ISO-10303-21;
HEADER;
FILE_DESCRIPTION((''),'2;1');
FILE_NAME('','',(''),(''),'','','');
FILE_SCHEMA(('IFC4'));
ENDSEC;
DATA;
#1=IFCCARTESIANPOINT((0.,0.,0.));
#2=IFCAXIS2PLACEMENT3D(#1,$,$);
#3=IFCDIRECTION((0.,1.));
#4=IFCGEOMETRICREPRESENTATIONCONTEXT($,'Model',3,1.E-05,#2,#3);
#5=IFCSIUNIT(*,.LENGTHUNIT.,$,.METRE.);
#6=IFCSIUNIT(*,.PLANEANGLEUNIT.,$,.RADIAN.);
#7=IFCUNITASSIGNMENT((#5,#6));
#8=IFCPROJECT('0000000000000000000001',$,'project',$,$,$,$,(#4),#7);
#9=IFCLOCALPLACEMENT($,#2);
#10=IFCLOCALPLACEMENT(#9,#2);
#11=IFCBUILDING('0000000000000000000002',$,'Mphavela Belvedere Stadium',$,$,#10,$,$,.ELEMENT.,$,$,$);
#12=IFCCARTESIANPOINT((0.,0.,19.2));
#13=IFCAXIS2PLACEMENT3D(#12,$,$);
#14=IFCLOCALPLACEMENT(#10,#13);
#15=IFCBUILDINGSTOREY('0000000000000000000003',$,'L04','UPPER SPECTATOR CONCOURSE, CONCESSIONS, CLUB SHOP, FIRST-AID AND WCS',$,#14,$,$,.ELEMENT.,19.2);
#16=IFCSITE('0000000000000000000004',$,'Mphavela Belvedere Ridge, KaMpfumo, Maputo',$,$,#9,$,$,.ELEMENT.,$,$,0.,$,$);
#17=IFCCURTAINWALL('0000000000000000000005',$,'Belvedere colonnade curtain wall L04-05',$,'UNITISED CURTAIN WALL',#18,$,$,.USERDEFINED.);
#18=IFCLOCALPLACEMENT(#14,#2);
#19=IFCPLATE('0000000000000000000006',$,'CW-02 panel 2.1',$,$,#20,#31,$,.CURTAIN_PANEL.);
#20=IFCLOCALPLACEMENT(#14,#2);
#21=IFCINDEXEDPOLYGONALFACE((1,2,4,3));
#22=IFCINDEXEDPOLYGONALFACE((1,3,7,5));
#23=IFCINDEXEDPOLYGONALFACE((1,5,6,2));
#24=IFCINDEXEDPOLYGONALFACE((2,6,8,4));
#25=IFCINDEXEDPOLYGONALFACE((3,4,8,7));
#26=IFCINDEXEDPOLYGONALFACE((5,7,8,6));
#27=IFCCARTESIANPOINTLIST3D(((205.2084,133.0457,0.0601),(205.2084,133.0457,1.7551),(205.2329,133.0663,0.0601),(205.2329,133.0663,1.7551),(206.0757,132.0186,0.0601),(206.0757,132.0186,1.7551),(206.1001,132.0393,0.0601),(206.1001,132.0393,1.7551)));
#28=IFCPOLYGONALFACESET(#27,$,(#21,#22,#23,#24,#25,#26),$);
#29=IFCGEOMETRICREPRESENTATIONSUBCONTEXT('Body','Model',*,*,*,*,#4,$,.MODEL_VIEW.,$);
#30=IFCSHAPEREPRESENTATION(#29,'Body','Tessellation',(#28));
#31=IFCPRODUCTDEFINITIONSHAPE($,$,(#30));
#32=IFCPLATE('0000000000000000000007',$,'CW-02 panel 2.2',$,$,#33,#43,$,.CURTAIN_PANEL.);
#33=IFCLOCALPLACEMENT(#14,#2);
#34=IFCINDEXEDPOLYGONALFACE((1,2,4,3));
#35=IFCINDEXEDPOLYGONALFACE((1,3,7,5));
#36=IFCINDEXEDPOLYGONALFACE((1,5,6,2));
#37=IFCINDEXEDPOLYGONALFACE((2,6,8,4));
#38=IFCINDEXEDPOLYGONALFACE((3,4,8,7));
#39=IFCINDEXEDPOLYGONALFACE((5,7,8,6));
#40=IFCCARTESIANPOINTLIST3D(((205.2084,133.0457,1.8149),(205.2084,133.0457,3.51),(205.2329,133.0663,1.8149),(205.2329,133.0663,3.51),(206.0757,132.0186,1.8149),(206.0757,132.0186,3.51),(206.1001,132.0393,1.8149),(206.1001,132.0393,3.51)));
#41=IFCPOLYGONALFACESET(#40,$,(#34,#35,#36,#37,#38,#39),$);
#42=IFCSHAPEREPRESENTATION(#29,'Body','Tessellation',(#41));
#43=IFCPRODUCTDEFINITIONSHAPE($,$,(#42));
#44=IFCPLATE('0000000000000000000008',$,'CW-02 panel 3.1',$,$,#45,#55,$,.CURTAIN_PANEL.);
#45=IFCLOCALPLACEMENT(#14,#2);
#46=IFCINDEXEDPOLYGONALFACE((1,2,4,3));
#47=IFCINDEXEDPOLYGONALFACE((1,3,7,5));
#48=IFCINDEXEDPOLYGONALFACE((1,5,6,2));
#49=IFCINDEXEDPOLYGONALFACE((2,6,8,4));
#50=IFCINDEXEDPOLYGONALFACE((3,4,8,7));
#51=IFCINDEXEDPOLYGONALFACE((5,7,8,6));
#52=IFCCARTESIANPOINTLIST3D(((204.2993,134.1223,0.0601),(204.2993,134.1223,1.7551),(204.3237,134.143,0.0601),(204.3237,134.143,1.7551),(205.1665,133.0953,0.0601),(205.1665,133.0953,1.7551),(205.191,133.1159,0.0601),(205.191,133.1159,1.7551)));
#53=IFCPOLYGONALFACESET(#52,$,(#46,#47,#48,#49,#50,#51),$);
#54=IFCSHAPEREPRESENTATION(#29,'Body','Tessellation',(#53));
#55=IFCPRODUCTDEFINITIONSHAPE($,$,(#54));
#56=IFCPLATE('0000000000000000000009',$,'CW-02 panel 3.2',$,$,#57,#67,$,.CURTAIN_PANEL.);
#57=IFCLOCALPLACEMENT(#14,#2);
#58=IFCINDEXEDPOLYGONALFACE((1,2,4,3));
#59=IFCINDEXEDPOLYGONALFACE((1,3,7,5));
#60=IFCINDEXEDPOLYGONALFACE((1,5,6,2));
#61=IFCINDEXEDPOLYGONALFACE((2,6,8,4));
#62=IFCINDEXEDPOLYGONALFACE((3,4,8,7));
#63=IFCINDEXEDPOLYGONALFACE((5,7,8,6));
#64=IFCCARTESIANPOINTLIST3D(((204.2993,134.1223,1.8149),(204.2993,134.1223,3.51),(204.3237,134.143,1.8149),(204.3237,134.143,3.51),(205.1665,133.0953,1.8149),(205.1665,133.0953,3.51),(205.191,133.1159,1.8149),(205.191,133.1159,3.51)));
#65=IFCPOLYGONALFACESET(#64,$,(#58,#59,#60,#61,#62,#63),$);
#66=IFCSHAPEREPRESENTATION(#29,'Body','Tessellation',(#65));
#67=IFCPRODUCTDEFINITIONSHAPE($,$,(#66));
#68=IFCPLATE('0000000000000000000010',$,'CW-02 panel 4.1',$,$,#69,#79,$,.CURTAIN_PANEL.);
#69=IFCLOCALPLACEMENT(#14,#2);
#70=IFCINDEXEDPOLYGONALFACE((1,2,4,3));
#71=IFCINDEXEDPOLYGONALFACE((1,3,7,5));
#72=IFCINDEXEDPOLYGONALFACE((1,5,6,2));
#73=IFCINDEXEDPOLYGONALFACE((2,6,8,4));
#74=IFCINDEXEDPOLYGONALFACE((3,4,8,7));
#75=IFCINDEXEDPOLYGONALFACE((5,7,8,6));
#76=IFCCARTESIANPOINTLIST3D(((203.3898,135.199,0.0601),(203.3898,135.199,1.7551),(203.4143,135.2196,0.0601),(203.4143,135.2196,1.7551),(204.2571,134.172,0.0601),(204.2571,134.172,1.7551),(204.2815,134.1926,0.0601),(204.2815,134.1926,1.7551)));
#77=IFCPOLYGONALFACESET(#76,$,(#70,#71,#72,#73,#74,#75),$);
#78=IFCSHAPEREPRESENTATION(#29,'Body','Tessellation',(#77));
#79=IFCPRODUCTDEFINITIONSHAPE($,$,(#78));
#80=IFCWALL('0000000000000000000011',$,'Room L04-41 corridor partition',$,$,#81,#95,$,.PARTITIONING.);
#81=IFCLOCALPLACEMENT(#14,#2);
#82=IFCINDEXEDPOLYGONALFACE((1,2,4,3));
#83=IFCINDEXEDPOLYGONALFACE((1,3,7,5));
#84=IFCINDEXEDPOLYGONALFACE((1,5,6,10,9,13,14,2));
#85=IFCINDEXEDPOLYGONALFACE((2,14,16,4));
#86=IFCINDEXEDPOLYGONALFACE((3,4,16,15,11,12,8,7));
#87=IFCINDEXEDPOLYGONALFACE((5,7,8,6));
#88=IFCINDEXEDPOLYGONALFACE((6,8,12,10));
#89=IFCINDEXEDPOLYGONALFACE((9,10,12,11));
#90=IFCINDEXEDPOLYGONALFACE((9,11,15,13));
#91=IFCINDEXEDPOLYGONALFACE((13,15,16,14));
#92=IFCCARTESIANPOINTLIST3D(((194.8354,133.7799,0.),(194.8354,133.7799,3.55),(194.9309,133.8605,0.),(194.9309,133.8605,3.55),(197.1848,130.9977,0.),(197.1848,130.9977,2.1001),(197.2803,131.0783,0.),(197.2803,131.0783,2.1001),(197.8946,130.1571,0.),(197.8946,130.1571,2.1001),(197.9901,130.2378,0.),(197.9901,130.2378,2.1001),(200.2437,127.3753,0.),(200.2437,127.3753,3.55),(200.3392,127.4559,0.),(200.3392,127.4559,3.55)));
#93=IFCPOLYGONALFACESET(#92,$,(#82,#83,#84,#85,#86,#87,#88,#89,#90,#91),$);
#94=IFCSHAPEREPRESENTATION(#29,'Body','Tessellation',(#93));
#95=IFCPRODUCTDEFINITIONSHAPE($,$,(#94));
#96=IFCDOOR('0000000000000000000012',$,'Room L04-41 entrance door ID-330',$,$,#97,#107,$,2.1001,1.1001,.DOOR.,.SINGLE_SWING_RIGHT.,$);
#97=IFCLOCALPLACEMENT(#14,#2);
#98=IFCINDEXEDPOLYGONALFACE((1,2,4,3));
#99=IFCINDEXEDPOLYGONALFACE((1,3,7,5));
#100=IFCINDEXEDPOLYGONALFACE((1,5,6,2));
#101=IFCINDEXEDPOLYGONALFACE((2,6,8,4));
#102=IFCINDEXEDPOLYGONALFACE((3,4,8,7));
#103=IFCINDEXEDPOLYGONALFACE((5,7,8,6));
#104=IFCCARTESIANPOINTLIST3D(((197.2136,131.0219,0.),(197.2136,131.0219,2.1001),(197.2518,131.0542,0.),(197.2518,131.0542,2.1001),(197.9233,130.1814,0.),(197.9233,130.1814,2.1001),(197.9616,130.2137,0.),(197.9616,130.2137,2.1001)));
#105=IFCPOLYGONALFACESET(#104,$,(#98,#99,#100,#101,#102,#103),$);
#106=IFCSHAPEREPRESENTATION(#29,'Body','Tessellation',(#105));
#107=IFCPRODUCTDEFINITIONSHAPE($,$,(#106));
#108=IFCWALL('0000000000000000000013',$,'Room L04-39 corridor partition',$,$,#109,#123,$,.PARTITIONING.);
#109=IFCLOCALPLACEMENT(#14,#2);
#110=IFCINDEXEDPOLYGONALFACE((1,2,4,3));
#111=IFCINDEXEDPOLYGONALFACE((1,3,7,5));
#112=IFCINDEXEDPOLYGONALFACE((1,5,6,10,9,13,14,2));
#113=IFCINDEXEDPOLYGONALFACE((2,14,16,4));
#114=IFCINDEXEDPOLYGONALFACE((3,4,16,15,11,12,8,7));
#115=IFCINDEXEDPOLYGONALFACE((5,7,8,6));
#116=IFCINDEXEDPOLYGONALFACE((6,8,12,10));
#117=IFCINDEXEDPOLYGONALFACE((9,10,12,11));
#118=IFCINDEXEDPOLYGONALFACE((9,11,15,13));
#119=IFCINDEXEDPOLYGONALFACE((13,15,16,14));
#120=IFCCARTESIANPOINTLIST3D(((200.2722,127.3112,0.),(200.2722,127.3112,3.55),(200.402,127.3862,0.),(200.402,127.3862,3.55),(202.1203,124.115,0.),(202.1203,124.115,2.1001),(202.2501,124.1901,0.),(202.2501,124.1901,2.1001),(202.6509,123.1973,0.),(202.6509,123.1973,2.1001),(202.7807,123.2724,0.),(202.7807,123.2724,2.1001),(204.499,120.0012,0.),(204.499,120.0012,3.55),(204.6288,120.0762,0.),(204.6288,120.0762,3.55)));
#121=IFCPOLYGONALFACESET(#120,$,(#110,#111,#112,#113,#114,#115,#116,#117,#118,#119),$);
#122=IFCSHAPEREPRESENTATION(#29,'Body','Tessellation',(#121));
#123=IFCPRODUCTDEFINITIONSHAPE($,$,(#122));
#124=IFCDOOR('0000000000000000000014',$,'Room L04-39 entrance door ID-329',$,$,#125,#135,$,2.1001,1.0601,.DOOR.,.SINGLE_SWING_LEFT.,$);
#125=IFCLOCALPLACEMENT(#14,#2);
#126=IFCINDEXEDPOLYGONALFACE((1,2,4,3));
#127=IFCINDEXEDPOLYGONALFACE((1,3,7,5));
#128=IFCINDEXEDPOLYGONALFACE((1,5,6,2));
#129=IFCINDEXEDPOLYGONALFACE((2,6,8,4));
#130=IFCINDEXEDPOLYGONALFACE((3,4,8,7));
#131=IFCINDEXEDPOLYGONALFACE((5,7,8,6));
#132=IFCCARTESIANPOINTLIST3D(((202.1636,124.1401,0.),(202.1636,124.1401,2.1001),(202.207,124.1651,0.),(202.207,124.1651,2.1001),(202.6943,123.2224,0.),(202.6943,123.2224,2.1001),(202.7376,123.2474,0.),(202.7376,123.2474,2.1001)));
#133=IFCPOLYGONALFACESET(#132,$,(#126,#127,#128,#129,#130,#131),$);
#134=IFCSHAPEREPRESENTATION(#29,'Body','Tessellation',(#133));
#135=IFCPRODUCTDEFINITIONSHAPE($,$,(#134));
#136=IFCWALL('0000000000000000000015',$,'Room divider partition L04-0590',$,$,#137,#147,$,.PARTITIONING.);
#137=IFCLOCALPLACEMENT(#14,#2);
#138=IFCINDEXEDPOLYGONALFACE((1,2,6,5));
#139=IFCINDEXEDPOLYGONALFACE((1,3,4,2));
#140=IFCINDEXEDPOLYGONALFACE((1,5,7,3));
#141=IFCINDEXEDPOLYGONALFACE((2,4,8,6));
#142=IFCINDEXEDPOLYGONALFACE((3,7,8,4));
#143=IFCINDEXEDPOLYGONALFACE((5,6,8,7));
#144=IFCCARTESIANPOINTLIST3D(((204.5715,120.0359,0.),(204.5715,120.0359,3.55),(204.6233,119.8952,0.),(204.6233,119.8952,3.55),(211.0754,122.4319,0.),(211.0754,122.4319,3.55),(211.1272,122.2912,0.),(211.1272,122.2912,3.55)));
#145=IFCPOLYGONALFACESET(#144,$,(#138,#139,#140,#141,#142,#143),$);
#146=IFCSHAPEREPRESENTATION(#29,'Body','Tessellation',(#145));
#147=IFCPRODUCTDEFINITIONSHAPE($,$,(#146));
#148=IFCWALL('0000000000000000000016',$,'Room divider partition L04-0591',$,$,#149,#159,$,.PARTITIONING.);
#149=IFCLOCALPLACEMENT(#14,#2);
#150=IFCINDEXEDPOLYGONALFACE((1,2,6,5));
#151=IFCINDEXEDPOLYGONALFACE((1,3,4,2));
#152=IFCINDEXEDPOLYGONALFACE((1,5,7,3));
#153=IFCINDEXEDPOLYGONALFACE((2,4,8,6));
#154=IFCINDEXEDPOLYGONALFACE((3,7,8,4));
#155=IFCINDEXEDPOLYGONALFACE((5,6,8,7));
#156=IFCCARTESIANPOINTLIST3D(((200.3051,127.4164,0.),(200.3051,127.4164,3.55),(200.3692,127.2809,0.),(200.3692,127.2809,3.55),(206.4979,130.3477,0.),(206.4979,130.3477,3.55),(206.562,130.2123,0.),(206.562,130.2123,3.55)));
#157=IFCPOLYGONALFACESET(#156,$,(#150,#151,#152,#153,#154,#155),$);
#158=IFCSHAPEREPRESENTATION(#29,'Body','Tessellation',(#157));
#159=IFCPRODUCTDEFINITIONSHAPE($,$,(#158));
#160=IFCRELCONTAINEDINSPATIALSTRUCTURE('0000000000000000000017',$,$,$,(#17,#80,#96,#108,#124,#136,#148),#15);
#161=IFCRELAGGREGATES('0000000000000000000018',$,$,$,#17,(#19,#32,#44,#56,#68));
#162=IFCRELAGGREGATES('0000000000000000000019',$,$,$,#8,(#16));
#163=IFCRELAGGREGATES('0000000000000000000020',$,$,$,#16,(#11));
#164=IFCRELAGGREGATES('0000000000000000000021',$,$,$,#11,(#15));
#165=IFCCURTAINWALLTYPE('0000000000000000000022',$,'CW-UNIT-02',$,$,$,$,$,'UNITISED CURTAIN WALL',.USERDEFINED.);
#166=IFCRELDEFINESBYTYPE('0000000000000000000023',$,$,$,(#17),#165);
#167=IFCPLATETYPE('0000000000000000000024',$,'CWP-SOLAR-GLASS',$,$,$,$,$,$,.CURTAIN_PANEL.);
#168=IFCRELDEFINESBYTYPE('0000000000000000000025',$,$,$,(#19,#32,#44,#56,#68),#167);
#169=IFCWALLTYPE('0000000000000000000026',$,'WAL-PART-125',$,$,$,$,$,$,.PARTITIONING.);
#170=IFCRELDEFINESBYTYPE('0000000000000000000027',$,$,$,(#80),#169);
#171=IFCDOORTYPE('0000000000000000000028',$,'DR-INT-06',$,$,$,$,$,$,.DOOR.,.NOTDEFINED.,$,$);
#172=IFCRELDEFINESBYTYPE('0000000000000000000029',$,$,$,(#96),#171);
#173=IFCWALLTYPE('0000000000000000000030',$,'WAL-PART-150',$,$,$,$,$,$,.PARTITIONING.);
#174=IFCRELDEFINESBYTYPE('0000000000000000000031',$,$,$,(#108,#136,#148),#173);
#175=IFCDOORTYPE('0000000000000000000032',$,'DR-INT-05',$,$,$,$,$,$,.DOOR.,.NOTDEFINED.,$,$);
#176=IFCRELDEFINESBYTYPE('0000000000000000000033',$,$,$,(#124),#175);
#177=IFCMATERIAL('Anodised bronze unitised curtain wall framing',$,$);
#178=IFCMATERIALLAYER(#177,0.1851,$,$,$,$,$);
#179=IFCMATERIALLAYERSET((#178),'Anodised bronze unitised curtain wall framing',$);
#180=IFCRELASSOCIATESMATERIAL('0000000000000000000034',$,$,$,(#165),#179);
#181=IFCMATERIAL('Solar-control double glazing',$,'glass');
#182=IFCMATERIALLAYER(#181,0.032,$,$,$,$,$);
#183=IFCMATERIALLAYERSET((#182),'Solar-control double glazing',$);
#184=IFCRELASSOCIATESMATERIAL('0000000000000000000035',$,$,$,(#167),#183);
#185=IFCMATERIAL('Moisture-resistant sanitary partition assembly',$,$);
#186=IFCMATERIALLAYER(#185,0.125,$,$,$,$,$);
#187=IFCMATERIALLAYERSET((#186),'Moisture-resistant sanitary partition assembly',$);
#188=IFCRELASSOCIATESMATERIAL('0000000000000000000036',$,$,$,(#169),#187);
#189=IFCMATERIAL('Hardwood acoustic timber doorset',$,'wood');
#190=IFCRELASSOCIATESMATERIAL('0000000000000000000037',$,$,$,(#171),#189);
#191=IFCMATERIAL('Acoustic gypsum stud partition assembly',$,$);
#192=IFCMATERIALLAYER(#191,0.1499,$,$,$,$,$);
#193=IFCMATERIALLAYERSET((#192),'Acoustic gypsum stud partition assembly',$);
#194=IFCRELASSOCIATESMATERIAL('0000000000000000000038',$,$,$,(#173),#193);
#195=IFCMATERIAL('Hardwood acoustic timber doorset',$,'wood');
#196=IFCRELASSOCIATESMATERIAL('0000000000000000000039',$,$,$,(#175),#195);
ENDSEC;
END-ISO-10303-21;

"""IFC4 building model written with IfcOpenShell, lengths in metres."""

from ifc_helpers import new_model, si_unit, direction, frame, frame_2d, origin, origin_2d, place, context, subcontext, project, spatial, rectangle, extrude, material, layer, layer_set, type_object, element, fill, aggregate, save


model = new_model("IFC4")

# Units and contexts
model_context = context("Model", 3, precision=1e-05, world=origin(), true_north=direction((0.0, 1.0)))
body_context = subcontext(model_context, "Body", "Model", "MODEL_VIEW")
ifc_project = project(units=[si_unit("LENGTHUNIT", "METRE"), si_unit("PLANEANGLEUNIT", "RADIAN")], contexts=[model_context])

# Site, building, storey
site_placement = place(None, origin())
site = spatial("IfcSite", under=ifc_project, at=site_placement, Name="Mphavela Belvedere Ridge, KaMpfumo, Maputo", CompositionType="ELEMENT", RefElevation=0.0)
building_placement = place(site_placement, origin())
building = spatial("IfcBuilding", under=site, at=building_placement, Name="Mphavela Belvedere Stadium", CompositionType="ELEMENT")
storey_placement = place(building_placement, frame((0.0, 0.0, 19.2)))
storey = spatial("IfcBuildingStorey", under=building, at=storey_placement, Name="L04", Description="UPPER SPECTATOR CONCOURSE, CONCESSIONS, CLUB SHOP, FIRST-AID AND WCS", CompositionType="ELEMENT", Elevation=19.2)

# Curtain wall, plates
ifc_material_1 = material(Name="Anodised bronze unitised curtain wall framing")
ifc_layer_1 = layer(ifc_material_1, 0.1851)
ifc_layer_set_1 = layer_set([ifc_layer_1], Name="Anodised bronze unitised curtain wall framing")
curtain_wall_type = type_object("IfcCurtainWallType", Name="CW-UNIT-02", ElementType="UNITISED CURTAIN WALL", PredefinedType="USERDEFINED", material=ifc_layer_set_1)
curtain_wall_placement = place(storey_placement, origin())
curtain_wall = element("IfcCurtainWall", 1, at=curtain_wall_placement, inside=storey, type_object=curtain_wall_type, Name="Belvedere colonnade curtain wall L04-05", ObjectType="UNITISED CURTAIN WALL", PredefinedType="USERDEFINED")
ifc_material_2 = material(Name="Solar-control double glazing", Category="glass")
ifc_layer_2 = layer(ifc_material_2, 0.032)
ifc_layer_set_2 = layer_set([ifc_layer_2], Name="Solar-control double glazing")
plate_type = type_object("IfcPlateType", Name="CWP-SOLAR-GLASS", PredefinedType="CURTAIN_PANEL", material=ifc_layer_set_2)
plate_1_placement = place(storey_placement, frame((205.6543, 132.5425, 0.0601), z_axis=(0.0, 0.0, 1.0), x_axis=(-0.645175, 0.764035, 0.0)))
plate_1 = element("IfcPlate", 2, at=plate_1_placement, type_object=plate_type, Name="CW-02 panel 2.1", PredefinedType="CURTAIN_PANEL", context=body_context, shape_type="SweptSolid", body=[
    extrude(rectangle(XDim=1.3442, YDim=0.032, at=origin_2d()), origin(), (0.0, 0.0, 1.0), 1.6951),
])
plate_2_placement = place(storey_placement, frame((205.6543, 132.5425, 1.8149), z_axis=(0.0, 0.0, 1.0), x_axis=(-0.645175, 0.764035, 0.0)))
plate_2 = element("IfcPlate", 3, at=plate_2_placement, type_object=plate_type, Name="CW-02 panel 2.2", PredefinedType="CURTAIN_PANEL", context=body_context, shape_type="SweptSolid", body=[
    extrude(rectangle(XDim=1.3442, YDim=0.032, at=origin_2d()), origin(), (0.0, 0.0, 1.0), 1.6951),
])
plate_3_placement = place(storey_placement, frame((204.7451, 133.6191, 0.0601), z_axis=(0.0, 0.0, 1.0), x_axis=(-0.645175, 0.764035, 0.0)))
plate_3 = element("IfcPlate", 4, at=plate_3_placement, type_object=plate_type, Name="CW-02 panel 3.1", PredefinedType="CURTAIN_PANEL", context=body_context, shape_type="SweptSolid", body=[
    extrude(rectangle(XDim=1.3442, YDim=0.032, at=origin_2d()), origin(), (0.0, 0.0, 1.0), 1.6951),
])
plate_4_placement = place(storey_placement, frame((204.7451, 133.6191, 1.8149), z_axis=(0.0, 0.0, 1.0), x_axis=(-0.645175, 0.764035, 0.0)))
plate_4 = element("IfcPlate", 5, at=plate_4_placement, type_object=plate_type, Name="CW-02 panel 3.2", PredefinedType="CURTAIN_PANEL", context=body_context, shape_type="SweptSolid", body=[
    extrude(rectangle(XDim=1.3442, YDim=0.032, at=origin_2d()), origin(), (0.0, 0.0, 1.0), 1.6951),
])
plate_5_placement = place(storey_placement, frame((203.8357, 134.6958, 0.0601), z_axis=(0.0, 0.0, 1.0), x_axis=(-0.645175, 0.764035, 0.0)))
plate_5 = element("IfcPlate", 6, at=plate_5_placement, type_object=plate_type, Name="CW-02 panel 4.1", PredefinedType="CURTAIN_PANEL", context=body_context, shape_type="SweptSolid", body=[
    extrude(rectangle(XDim=1.3442, YDim=0.032, at=origin_2d()), origin(), (0.0, 0.0, 1.0), 1.6951),
])
aggregate(curtain_wall, [plate_1, plate_2, plate_3, plate_4, plate_5])

# Walls, openings, doors
ifc_material_3 = material(Name="Moisture-resistant sanitary partition assembly")
ifc_layer_3 = layer(ifc_material_3, 0.125)
ifc_layer_set_3 = layer_set([ifc_layer_3], Name="Moisture-resistant sanitary partition assembly")
wall_type_1 = type_object("IfcWallType", Name="WAL-PART-125", PredefinedType="PARTITIONING", material=ifc_layer_set_3)
wall_1_placement = place(storey_placement, frame((200.2915, 127.4155, 0.0), z_axis=(0.0, 0.0, 1.0), x_axis=(-0.645176, 0.764034, 0.0)))
wall_1 = element("IfcWall", 7, at=wall_1_placement, inside=storey, type_object=wall_type_1, Name="Room L04-41 corridor partition", PredefinedType="PARTITIONING", context=body_context, shape_type="SweptSolid", body=[
    extrude(rectangle(XDim=8.3826, YDim=0.125, at=frame_2d((4.1914, 0.0))), origin(), (0.0, 0.0, 1.0), 3.55),
])
opening_1_placement = place(wall_1_placement, frame((3.6411, 0.0, 0.0)))
opening_1 = element("IfcOpeningElement", 8, at=opening_1_placement, cuts=wall_1, PredefinedType="OPENING", context=body_context, shape_type="SweptSolid", body=[
    extrude(rectangle(XDim=1.1001, YDim=2.1001, at=frame_2d((0.55, 1.05))), frame((0.0, 0.0725, 0.0), z_axis=(0.0, -1.0, 0.0), x_axis=(1.0, 0.0, 0.0)), (0.0, 0.0, 1.0), 0.145),
])
ifc_material_4 = material(Name="Hardwood acoustic timber doorset", Category="wood")
door_type_1 = type_object("IfcDoorType", Name="DR-INT-06", OperationType="NOTDEFINED", PredefinedType="DOOR", material=ifc_material_4)
door_1_placement = place(opening_1_placement, origin())
door_1 = element("IfcDoor", 9, at=door_1_placement, inside=storey, type_object=door_type_1, Name="Room L04-41 entrance door ID-330", OperationType="SINGLE_SWING_RIGHT", OverallHeight=2.1001, OverallWidth=1.1001, PredefinedType="DOOR", context=body_context, shape_type="SweptSolid", body=[
    extrude(rectangle(XDim=1.1001, YDim=2.1001, at=frame_2d((0.55, 1.05))), frame((0.0, 0.0249, 0.0), z_axis=(0.0, -1.0, 0.0), x_axis=(1.0, 0.0, 0.0)), (0.0, 0.0, 1.0), 0.05),
])
fill(opening_1, door_1)
ifc_material_5 = material(Name="Acoustic gypsum stud partition assembly")
ifc_layer_4 = layer(ifc_material_5, 0.1499)
ifc_layer_set_4 = layer_set([ifc_layer_4], Name="Acoustic gypsum stud partition assembly")
wall_type_2 = type_object("IfcWallType", Name="WAL-PART-150", PredefinedType="PARTITIONING", material=ifc_layer_set_4)
wall_2_placement = place(storey_placement, frame((204.564, 120.0386, 0.0), z_axis=(0.0, 0.0, 1.0), x_axis=(-0.500563, 0.8657, 0.0)))
wall_2 = element("IfcWall", 10, at=wall_2_placement, inside=storey, type_object=wall_type_2, Name="Room L04-39 corridor partition", PredefinedType="PARTITIONING", context=body_context, shape_type="SweptSolid", body=[
    extrude(rectangle(XDim=8.4441, YDim=0.1499, at=frame_2d((4.2222, 0.0))), origin(), (0.0, 0.0, 1.0), 3.55),
])
opening_2_placement = place(wall_2_placement, frame((3.6921, 0.0, 0.0)))
opening_2 = element("IfcOpeningElement", 11, at=opening_2_placement, cuts=wall_2, PredefinedType="OPENING", context=body_context, shape_type="SweptSolid", body=[
    extrude(rectangle(XDim=1.0601, YDim=2.1001, at=frame_2d((0.53, 1.05))), frame((0.0, 0.085, 0.0), z_axis=(0.0, -1.0, 0.0), x_axis=(1.0, 0.0, 0.0)), (0.0, 0.0, 1.0), 0.1699),
])
ifc_material_6 = material(Name="Hardwood acoustic timber doorset", Category="wood")
door_type_2 = type_object("IfcDoorType", Name="DR-INT-05", OperationType="NOTDEFINED", PredefinedType="DOOR", material=ifc_material_6)
door_2_placement = place(opening_2_placement, origin())
door_2 = element("IfcDoor", 12, at=door_2_placement, inside=storey, type_object=door_type_2, Name="Room L04-39 entrance door ID-329", OperationType="SINGLE_SWING_LEFT", OverallHeight=2.1001, OverallWidth=1.0601, PredefinedType="DOOR", context=body_context, shape_type="SweptSolid", body=[
    extrude(rectangle(XDim=1.0601, YDim=2.1001, at=frame_2d((0.53, 1.05))), frame((0.0, 0.0249, 0.0), z_axis=(0.0, -1.0, 0.0), x_axis=(1.0, 0.0, 0.0)), (0.0, 0.0, 1.0), 0.05),
])
fill(opening_2, door_2)

# Walls
wall_3_placement = place(storey_placement, frame((204.5974, 119.9656, 0.0), z_axis=(0.0, 0.0, 1.0), x_axis=(0.938352, 0.345683, 0.0)))
element("IfcWall", 13, at=wall_3_placement, inside=storey, type_object=wall_type_2, Name="Room divider partition L04-0590", PredefinedType="PARTITIONING", context=body_context, shape_type="SweptSolid", body=[
    extrude(rectangle(XDim=6.9312, YDim=0.1499, at=frame_2d((3.4656, 0.0))), origin(), (0.0, 0.0, 1.0), 3.55),
])
wall_4_placement = place(storey_placement, frame((200.3372, 127.3486, 0.0), z_axis=(0.0, 0.0, 1.0), x_axis=(0.903855, 0.42784, 0.0)))
element("IfcWall", 14, at=wall_4_placement, inside=storey, type_object=wall_type_2, Name="Room divider partition L04-0591", PredefinedType="PARTITIONING", context=body_context, shape_type="SweptSolid", body=[
    extrude(rectangle(XDim=6.8516, YDim=0.1499, at=frame_2d((3.4258, 0.0))), origin(), (0.0, 0.0, 1.0), 3.55),
])

save(model, "model.ifc")
